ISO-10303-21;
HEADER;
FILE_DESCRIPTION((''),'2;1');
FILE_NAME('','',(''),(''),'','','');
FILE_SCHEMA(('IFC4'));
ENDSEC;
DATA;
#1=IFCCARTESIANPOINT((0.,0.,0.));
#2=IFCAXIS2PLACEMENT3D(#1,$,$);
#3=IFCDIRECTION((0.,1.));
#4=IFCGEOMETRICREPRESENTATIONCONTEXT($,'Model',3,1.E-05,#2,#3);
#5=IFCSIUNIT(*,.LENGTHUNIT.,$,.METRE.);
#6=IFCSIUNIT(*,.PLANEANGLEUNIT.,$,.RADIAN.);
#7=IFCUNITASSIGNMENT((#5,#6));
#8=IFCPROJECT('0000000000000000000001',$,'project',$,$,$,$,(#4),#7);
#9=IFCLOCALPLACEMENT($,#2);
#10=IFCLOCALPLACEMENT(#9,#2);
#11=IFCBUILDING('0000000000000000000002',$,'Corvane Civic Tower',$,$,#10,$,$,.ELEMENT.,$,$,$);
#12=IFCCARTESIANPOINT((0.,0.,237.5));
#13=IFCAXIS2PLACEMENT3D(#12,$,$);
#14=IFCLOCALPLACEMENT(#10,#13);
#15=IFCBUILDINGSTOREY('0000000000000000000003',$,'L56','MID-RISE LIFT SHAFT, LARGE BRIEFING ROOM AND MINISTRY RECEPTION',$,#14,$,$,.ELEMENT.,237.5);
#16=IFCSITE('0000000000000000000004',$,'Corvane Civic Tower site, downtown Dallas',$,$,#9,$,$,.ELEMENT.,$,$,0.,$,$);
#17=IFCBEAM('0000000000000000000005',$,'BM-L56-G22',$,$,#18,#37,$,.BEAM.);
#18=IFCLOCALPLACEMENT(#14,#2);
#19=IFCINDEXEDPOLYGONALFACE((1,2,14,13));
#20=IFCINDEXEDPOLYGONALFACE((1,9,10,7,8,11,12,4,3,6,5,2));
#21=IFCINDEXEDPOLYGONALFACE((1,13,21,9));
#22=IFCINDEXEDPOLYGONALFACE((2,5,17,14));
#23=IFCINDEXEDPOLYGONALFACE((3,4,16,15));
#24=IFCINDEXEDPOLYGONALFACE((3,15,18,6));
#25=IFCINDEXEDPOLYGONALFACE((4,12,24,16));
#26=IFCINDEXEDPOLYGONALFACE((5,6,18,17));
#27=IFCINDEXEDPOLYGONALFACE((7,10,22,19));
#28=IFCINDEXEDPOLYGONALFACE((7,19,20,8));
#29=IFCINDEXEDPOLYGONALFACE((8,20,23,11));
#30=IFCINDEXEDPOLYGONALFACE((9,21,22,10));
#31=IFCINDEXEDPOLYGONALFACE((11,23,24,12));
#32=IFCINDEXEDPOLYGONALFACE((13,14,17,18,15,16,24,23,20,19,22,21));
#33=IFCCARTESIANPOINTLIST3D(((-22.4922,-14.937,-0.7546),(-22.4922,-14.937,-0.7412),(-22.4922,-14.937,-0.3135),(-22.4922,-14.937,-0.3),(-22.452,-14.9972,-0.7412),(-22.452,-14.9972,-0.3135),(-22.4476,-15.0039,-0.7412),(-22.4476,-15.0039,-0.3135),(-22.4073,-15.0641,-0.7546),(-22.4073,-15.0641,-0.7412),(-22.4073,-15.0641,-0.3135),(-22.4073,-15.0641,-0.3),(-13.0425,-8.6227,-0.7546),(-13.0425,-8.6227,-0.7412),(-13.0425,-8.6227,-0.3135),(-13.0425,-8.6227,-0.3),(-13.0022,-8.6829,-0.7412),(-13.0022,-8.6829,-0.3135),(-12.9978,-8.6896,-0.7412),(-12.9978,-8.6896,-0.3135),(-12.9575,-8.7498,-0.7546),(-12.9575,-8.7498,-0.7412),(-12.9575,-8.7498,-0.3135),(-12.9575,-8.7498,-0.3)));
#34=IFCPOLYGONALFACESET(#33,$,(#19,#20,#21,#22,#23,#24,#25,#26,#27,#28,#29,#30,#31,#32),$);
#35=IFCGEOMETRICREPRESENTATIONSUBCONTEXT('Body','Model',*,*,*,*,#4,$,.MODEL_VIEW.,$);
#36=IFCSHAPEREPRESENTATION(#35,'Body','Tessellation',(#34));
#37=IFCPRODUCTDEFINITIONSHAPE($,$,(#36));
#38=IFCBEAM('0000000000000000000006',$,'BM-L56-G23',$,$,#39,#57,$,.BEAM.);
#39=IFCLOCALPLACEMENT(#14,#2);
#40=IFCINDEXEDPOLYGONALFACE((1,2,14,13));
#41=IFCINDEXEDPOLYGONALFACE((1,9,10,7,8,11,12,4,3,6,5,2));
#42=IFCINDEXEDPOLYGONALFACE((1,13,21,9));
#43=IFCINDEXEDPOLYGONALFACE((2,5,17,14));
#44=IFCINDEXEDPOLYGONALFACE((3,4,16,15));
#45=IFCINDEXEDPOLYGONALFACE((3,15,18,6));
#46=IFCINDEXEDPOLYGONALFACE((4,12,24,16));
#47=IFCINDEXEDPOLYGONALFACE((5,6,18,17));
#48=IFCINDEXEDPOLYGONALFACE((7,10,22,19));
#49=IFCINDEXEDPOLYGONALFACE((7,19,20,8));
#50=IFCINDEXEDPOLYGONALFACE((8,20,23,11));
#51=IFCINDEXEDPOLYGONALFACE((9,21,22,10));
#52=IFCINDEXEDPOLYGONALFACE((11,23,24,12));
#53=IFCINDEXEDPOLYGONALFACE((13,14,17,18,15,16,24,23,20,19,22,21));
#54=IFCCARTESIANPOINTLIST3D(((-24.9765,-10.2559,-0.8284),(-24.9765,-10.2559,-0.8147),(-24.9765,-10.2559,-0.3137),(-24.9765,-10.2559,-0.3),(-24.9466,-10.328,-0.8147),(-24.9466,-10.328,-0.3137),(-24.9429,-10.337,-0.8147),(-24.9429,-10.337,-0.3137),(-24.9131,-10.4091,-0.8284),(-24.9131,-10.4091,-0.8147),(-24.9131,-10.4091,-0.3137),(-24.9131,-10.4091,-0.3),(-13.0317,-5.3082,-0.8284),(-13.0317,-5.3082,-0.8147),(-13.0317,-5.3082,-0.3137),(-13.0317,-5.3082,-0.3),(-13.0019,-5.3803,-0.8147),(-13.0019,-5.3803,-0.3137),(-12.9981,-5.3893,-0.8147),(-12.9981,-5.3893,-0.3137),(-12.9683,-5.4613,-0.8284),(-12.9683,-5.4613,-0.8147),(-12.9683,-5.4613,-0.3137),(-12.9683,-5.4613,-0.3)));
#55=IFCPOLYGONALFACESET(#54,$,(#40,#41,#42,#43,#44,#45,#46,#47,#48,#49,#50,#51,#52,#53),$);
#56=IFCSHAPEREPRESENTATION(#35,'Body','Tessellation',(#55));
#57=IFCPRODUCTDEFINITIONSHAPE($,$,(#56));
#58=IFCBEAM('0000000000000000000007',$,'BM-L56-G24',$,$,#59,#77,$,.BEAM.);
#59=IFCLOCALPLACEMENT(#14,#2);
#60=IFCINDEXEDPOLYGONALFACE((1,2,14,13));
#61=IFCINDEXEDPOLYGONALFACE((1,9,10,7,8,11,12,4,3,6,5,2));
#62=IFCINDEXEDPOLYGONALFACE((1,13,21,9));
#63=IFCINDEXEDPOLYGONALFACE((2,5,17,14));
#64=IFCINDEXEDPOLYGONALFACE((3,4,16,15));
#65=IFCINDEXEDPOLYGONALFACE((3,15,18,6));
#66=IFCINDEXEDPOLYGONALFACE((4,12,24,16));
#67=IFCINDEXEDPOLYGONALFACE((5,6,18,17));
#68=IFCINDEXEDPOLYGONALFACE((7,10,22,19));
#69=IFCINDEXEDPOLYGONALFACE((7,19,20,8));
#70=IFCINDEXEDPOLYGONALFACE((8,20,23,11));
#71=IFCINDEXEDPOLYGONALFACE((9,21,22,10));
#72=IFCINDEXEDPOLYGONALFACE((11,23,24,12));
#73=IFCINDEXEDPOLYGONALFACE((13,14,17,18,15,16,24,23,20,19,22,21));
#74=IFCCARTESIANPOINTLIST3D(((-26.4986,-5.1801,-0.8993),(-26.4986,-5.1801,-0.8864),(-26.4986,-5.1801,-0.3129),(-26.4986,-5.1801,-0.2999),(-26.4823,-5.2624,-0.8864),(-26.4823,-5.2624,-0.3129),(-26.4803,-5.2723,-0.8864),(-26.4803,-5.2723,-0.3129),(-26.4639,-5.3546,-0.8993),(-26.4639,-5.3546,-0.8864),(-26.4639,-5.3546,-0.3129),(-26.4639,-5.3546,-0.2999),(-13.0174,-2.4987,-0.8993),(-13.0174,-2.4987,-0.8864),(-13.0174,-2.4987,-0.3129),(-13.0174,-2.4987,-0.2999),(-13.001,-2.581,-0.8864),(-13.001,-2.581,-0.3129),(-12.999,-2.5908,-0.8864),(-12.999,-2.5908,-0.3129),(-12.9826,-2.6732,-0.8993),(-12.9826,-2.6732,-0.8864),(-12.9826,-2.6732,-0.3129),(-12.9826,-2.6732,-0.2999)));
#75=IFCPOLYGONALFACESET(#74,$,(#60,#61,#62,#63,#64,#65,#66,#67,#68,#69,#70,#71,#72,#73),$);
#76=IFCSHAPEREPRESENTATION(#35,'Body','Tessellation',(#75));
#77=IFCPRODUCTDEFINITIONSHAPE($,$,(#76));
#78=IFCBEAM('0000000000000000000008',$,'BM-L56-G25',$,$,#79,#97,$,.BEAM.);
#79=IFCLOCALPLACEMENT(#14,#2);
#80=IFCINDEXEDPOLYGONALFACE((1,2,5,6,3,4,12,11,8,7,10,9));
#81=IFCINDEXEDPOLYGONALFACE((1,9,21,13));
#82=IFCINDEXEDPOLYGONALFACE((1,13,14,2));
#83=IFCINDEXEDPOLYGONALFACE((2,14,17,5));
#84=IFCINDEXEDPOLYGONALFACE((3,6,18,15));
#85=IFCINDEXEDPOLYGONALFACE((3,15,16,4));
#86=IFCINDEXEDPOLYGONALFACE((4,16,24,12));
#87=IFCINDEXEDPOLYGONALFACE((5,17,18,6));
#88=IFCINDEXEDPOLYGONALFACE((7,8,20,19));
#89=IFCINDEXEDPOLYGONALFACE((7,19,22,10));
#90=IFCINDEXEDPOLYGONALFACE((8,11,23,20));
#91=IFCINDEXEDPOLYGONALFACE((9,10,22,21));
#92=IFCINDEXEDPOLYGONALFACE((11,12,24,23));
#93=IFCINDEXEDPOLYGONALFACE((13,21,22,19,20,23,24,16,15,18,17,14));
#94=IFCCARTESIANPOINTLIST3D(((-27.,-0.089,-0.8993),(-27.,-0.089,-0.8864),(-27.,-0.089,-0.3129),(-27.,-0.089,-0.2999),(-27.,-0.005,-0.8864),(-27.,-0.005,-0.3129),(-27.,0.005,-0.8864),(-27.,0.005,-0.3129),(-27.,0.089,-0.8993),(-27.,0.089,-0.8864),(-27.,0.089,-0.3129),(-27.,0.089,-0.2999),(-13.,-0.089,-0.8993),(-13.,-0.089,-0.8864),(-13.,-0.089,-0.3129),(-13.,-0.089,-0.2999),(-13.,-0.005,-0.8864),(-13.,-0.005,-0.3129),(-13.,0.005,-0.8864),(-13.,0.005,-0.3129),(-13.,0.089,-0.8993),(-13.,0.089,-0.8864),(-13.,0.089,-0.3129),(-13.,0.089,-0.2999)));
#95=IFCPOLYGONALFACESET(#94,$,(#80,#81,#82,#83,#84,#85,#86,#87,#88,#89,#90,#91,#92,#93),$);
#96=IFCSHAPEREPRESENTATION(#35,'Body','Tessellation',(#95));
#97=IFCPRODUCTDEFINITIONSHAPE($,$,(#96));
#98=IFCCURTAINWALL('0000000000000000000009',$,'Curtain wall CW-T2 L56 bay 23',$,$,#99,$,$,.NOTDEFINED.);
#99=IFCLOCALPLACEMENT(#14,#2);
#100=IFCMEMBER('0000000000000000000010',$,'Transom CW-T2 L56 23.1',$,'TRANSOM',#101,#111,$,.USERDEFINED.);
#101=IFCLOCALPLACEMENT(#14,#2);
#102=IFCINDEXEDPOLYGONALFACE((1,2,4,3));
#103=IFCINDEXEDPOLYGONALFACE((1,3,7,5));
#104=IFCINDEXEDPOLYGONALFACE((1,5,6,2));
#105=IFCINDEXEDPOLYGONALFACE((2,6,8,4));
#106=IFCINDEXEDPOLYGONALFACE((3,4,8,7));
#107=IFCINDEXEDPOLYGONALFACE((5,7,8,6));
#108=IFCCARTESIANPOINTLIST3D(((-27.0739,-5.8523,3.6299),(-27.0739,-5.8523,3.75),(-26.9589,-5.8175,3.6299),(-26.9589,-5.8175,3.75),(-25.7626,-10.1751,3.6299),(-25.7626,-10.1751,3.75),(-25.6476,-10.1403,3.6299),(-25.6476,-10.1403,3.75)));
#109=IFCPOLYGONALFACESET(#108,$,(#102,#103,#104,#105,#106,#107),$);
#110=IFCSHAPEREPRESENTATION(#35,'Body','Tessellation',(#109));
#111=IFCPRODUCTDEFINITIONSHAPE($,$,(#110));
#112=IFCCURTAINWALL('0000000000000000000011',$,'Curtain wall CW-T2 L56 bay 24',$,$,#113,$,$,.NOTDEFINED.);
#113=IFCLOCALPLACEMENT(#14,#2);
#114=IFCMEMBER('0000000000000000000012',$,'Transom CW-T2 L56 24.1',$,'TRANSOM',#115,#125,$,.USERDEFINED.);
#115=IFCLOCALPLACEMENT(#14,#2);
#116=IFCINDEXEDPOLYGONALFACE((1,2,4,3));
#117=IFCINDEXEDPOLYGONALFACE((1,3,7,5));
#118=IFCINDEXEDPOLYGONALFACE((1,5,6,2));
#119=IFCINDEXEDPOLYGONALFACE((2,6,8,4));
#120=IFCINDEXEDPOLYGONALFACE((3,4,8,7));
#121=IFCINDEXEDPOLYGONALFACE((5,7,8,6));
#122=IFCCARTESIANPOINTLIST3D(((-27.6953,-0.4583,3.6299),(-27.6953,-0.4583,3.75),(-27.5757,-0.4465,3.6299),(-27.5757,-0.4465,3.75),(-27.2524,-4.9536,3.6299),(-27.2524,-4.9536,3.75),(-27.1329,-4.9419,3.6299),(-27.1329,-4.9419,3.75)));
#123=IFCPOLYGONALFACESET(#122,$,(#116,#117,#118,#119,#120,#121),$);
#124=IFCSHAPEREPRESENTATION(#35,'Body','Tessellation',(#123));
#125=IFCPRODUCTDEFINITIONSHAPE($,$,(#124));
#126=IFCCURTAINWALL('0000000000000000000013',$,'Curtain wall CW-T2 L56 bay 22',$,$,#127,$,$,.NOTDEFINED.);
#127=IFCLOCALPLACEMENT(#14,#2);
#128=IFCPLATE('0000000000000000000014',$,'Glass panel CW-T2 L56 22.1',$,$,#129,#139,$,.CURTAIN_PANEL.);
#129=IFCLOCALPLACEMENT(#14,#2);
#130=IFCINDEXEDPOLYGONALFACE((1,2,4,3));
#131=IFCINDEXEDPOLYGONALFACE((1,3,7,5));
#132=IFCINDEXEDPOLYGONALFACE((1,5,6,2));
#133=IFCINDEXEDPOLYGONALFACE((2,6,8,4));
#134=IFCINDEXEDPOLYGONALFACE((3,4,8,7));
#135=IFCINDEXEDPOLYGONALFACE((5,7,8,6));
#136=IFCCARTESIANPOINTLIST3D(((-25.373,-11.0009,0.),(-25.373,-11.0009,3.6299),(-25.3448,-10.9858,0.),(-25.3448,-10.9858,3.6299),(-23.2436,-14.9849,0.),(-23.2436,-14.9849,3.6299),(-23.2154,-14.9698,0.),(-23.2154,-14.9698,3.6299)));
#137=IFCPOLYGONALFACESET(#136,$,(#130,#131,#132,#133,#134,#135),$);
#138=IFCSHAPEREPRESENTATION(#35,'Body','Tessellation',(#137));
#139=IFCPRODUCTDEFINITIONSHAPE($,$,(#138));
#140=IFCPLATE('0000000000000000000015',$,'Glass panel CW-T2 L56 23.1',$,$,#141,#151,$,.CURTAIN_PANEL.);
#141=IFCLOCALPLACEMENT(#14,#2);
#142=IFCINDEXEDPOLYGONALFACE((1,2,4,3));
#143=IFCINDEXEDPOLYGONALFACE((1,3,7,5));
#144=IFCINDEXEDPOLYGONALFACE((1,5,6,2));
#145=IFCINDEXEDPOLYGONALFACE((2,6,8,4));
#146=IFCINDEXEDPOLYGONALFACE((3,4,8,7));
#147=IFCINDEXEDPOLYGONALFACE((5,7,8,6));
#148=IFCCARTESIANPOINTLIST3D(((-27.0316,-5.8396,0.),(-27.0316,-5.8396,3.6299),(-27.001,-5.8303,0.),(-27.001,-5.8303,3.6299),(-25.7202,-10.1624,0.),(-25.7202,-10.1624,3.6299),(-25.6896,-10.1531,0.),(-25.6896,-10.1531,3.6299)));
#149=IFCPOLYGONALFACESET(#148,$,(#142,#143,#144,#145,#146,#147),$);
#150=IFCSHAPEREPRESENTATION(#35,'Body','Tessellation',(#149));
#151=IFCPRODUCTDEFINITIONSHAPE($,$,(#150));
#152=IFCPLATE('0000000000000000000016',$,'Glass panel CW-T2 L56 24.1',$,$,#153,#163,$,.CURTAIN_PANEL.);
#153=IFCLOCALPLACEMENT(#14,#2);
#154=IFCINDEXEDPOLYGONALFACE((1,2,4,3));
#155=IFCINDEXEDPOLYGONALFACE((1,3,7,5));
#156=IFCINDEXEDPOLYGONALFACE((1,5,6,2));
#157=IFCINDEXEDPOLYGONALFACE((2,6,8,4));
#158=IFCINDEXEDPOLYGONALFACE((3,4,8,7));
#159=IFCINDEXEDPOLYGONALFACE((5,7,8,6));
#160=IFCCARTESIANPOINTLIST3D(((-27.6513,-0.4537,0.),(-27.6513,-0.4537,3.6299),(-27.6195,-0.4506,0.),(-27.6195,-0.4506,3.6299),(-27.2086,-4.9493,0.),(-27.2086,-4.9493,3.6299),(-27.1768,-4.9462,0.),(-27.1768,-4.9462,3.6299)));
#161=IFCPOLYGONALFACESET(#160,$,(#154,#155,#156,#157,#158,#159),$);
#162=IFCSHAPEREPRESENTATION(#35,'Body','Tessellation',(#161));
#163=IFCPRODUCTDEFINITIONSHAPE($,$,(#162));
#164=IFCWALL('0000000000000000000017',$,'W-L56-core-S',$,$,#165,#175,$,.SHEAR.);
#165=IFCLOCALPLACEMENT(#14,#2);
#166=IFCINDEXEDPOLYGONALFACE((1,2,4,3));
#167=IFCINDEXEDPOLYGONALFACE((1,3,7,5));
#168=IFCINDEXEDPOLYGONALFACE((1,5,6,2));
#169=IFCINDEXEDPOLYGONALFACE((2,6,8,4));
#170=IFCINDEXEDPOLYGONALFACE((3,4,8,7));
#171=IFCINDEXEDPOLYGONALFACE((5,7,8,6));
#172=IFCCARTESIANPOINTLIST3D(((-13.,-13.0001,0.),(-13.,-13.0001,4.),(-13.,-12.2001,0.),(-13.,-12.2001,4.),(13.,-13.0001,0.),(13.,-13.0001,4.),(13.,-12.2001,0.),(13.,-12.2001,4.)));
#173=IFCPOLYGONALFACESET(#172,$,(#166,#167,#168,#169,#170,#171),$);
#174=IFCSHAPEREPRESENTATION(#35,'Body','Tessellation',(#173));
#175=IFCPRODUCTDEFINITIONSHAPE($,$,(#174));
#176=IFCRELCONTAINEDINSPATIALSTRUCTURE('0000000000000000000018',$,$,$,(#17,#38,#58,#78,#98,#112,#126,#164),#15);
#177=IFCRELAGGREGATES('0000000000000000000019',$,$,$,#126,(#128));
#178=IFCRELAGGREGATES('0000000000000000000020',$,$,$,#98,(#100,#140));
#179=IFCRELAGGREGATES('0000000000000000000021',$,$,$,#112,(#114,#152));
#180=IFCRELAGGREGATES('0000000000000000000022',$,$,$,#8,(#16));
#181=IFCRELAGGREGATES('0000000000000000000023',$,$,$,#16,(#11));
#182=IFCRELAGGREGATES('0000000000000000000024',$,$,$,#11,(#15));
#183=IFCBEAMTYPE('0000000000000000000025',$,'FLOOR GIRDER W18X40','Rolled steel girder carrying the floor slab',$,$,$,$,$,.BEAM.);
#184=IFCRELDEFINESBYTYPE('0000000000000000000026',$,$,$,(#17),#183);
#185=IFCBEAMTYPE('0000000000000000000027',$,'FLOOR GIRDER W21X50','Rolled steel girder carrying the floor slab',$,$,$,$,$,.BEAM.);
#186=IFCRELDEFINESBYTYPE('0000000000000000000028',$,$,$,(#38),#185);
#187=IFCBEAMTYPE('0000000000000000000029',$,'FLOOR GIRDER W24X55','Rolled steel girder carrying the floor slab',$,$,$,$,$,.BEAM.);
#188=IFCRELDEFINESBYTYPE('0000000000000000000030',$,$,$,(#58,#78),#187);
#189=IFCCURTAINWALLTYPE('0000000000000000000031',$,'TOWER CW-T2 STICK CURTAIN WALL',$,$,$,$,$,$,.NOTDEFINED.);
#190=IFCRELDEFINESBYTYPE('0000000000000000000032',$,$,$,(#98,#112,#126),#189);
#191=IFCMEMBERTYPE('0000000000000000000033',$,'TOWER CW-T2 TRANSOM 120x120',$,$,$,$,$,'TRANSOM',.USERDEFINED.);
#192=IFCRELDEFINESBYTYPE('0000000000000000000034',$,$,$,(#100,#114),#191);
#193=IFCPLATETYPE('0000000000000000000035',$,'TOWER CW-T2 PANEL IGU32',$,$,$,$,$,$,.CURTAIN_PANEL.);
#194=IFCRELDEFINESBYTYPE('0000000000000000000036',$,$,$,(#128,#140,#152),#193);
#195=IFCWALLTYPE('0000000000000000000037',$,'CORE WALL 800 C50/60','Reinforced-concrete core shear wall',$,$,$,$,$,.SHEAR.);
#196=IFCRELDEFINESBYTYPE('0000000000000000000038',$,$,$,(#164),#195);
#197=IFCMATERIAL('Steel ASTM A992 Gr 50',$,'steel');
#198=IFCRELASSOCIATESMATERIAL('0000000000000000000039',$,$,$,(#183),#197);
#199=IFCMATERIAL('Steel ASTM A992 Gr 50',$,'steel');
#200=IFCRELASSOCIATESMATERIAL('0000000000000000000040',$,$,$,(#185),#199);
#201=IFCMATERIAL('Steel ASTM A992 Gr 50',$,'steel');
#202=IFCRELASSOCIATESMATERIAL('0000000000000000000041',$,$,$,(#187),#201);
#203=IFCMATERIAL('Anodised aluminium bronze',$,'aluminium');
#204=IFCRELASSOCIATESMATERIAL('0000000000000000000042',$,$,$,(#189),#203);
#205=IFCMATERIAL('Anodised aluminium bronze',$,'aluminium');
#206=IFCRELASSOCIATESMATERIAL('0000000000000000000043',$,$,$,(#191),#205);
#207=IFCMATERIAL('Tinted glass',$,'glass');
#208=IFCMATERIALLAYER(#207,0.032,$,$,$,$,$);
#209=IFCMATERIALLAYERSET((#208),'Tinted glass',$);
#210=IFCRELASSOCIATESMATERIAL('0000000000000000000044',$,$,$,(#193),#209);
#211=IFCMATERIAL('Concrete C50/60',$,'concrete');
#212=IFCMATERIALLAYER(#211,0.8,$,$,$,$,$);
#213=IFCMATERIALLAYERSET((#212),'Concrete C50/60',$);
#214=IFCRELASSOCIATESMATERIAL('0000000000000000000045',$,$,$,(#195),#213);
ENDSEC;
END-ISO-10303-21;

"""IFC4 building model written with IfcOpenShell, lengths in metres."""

from ifc_helpers import new_model, si_unit, direction, frame, frame_2d, origin, origin_2d, place, context, subcontext, project, spatial, rectangle, i_section, extrude, material, layer, layer_set, material_profile, profile_set, type_object, element, aggregate, save


model = new_model("IFC4")

# Units and contexts
model_context = context("Model", 3, precision=1e-05, world=origin(), true_north=direction((0.0, 1.0)))
body_context = subcontext(model_context, "Body", "Model", "MODEL_VIEW")
ifc_project = project(units=[si_unit("LENGTHUNIT", "METRE"), si_unit("PLANEANGLEUNIT", "RADIAN")], contexts=[model_context])

# Site, building, storey
site_placement = place(None, origin())
site = spatial("IfcSite", under=ifc_project, at=site_placement, Name="Corvane Civic Tower site, downtown Dallas", CompositionType="ELEMENT", RefElevation=0.0)
building_placement = place(site_placement, origin())
building = spatial("IfcBuilding", under=site, at=building_placement, Name="Corvane Civic Tower", CompositionType="ELEMENT")
storey_placement = place(building_placement, frame((0.0, 0.0, 237.5)))
storey = spatial("IfcBuildingStorey", under=building, at=storey_placement, Name="L56", Description="MID-RISE LIFT SHAFT, LARGE BRIEFING ROOM AND MINISTRY RECEPTION", CompositionType="ELEMENT", Elevation=237.5)

# Beams
ifc_material_1 = material(Name="Steel ASTM A992 Gr 50", Category="steel")
ifc_material_profile_1 = material_profile(ifc_material_1, i_section(OverallWidth=0.1528, OverallDepth=0.4546, WebThickness=0.0081, FlangeThickness=0.0134, at=origin_2d()), Name="W18X40")
ifc_profile_set_1 = profile_set([ifc_material_profile_1], Name="Steel ASTM A992 Gr 50")
beam_type_1 = type_object("IfcBeamType", Name="FLOOR GIRDER W18X40", Description="Rolled steel girder carrying the floor slab", PredefinedType="BEAM", material=ifc_profile_set_1)
beam_1_placement = place(storey_placement, frame((-13.0, -8.6863, -0.5273), z_axis=(-0.831465, -0.555577, 0.0), x_axis=(0.555577, -0.831465, 0.0)))
element("IfcBeam", 1, at=beam_1_placement, inside=storey, type_object=beam_type_1, Name="BM-L56-G22", PredefinedType="BEAM", context=body_context, shape_type="SweptSolid", body=[
    extrude(i_section(OverallWidth=0.1528, OverallDepth=0.4546, WebThickness=0.0081, FlangeThickness=0.0134, at=origin_2d()), origin(), (0.0, 0.0, 1.0), 11.3652),
])
ifc_material_2 = material(Name="Steel ASTM A992 Gr 50", Category="steel")
ifc_material_profile_2 = material_profile(ifc_material_2, i_section(OverallWidth=0.1658, OverallDepth=0.5283, WebThickness=0.0098, FlangeThickness=0.0137, at=origin_2d()), Name="W21X50")
ifc_profile_set_2 = profile_set([ifc_material_profile_2], Name="Steel ASTM A992 Gr 50")
beam_type_2 = type_object("IfcBeamType", Name="FLOOR GIRDER W21X50", Description="Rolled steel girder carrying the floor slab", PredefinedType="BEAM", material=ifc_profile_set_2)
beam_2_placement = place(storey_placement, frame((-13.0, -5.3848, -0.5642), z_axis=(-0.923878, -0.382686, 0.0), x_axis=(0.382686, -0.923878, 0.0)))
element("IfcBeam", 2, at=beam_2_placement, inside=storey, type_object=beam_type_2, Name="BM-L56-G23", PredefinedType="BEAM", context=body_context, shape_type="SweptSolid", body=[
    extrude(i_section(OverallWidth=0.1658, OverallDepth=0.5283, WebThickness=0.0098, FlangeThickness=0.0137, at=origin_2d()), origin(), (0.0, 0.0, 1.0), 12.929),
])
ifc_material_3 = material(Name="Steel ASTM A992 Gr 50", Category="steel")
ifc_material_profile_3 = material_profile(ifc_material_3, i_section(OverallWidth=0.178, OverallDepth=0.5994, WebThickness=0.01, FlangeThickness=0.0129, at=origin_2d()), Name="W24X55")
ifc_profile_set_3 = profile_set([ifc_material_profile_3], Name="Steel ASTM A992 Gr 50")
beam_type_3 = type_object("IfcBeamType", Name="FLOOR GIRDER W24X55", Description="Rolled steel girder carrying the floor slab", PredefinedType="BEAM", material=ifc_profile_set_3)
beam_3_placement = place(storey_placement, frame((-13.0, -2.5859, -0.5996), z_axis=(-0.980788, -0.195078, 0.0), x_axis=(0.195078, -0.980788, 0.0)))
element("IfcBeam", 3, at=beam_3_placement, inside=storey, type_object=beam_type_3, Name="BM-L56-G24", PredefinedType="BEAM", context=body_context, shape_type="SweptSolid", body=[
    extrude(i_section(OverallWidth=0.178, OverallDepth=0.5994, WebThickness=0.01, FlangeThickness=0.0129, at=origin_2d()), origin(), (0.0, 0.0, 1.0), 13.7454),
])
beam_4_placement = place(storey_placement, frame((-13.0, 0.0, -0.5996), z_axis=(-1.0, 0.0, 0.0), x_axis=(0.0, -1.0, 0.0)))
element("IfcBeam", 4, at=beam_4_placement, inside=storey, type_object=beam_type_3, Name="BM-L56-G25", PredefinedType="BEAM", context=body_context, shape_type="SweptSolid", body=[
    extrude(i_section(OverallWidth=0.178, OverallDepth=0.5994, WebThickness=0.01, FlangeThickness=0.0129, at=origin_2d()), origin(), (0.0, 0.0, 1.0), 14.0),
])

# Curtain walls, members
ifc_material_4 = material(Name="Anodised aluminium bronze", Category="aluminium")
curtain_wall_type = type_object("IfcCurtainWallType", Name="TOWER CW-T2 STICK CURTAIN WALL", PredefinedType="NOTDEFINED", material=ifc_material_4)
curtain_wall_1_placement = place(storey_placement, origin())
curtain_wall_1 = element("IfcCurtainWall", 5, at=curtain_wall_1_placement, inside=storey, type_object=curtain_wall_type, Name="Curtain wall CW-T2 L56 bay 23", PredefinedType="NOTDEFINED")
ifc_material_5 = material(Name="Anodised aluminium bronze", Category="aluminium")
ifc_material_profile_4 = material_profile(ifc_material_5, rectangle(XDim=0.1201, YDim=0.1201, at=origin_2d()), Name="TOWER CW-T2 TRANSOM 120x120")
ifc_profile_set_4 = profile_set([ifc_material_profile_4], Name="Anodised aluminium bronze")
member_type = type_object("IfcMemberType", Name="TOWER CW-T2 TRANSOM 120x120", ElementType="TRANSOM", PredefinedType="USERDEFINED", material=ifc_profile_set_4)
member_1_placement = place(storey_placement, frame((-25.7051, -10.1577, 3.6899), z_axis=(-0.290282, 0.956941, 0.0), x_axis=(-0.956941, -0.290282, 0.0)))
member_1 = element("IfcMember", 6, at=member_1_placement, type_object=member_type, Name="Transom CW-T2 L56 23.1", ObjectType="TRANSOM", PredefinedType="USERDEFINED", context=body_context, shape_type="SweptSolid", body=[
    extrude(rectangle(XDim=0.1201, YDim=0.1201, at=origin_2d()), origin(), (0.0, 0.0, 1.0), 4.5173),
])
curtain_wall_2_placement = place(storey_placement, origin())
curtain_wall_2 = element("IfcCurtainWall", 7, at=curtain_wall_2_placement, inside=storey, type_object=curtain_wall_type, Name="Curtain wall CW-T2 L56 bay 24", PredefinedType="NOTDEFINED")
member_2_placement = place(storey_placement, frame((-27.1926, -4.9478, 3.6899), z_axis=(-0.098043, 0.995182, 0.0), x_axis=(-0.995182, -0.098043, 0.0)))
member_2 = element("IfcMember", 8, at=member_2_placement, type_object=member_type, Name="Transom CW-T2 L56 24.1", ObjectType="TRANSOM", PredefinedType="USERDEFINED", context=body_context, shape_type="SweptSolid", body=[
    extrude(rectangle(XDim=0.1201, YDim=0.1201, at=origin_2d()), origin(), (0.0, 0.0, 1.0), 4.5171),
])

# Curtain wall, plate
curtain_wall_3_placement = place(storey_placement, origin())
curtain_wall_3 = element("IfcCurtainWall", 9, at=curtain_wall_3_placement, inside=storey, type_object=curtain_wall_type, Name="Curtain wall CW-T2 L56 bay 22", PredefinedType="NOTDEFINED")
ifc_material_6 = material(Name="Tinted glass", Category="glass")
ifc_layer_1 = layer(ifc_material_6, 0.032)
ifc_layer_set_1 = layer_set([ifc_layer_1], Name="Tinted glass")
plate_type = type_object("IfcPlateType", Name="TOWER CW-T2 PANEL IGU32", PredefinedType="CURTAIN_PANEL", material=ifc_layer_set_1)
plate_1_placement = place(storey_placement, frame((-24.2942, -12.9854, 0.0), z_axis=(0.0, 0.0, 1.0), x_axis=(-0.471398, 0.88192, 0.0)))
plate_1 = element("IfcPlate", 10, at=plate_1_placement, type_object=plate_type, Name="Glass panel CW-T2 L56 22.1", PredefinedType="CURTAIN_PANEL", context=body_context, shape_type="SweptSolid", body=[
    extrude(rectangle(XDim=4.5173, YDim=0.032, at=origin_2d()), origin(), (0.0, 0.0, 1.0), 3.6299),
])
aggregate(curtain_wall_3, [plate_1])

# Plates
plate_2_placement = place(storey_placement, frame((-26.3606, -7.9963, 0.0), z_axis=(0.0, 0.0, 1.0), x_axis=(-0.29029, 0.956939, 0.0)))
plate_2 = element("IfcPlate", 11, at=plate_2_placement, type_object=plate_type, Name="Glass panel CW-T2 L56 23.1", PredefinedType="CURTAIN_PANEL", context=body_context, shape_type="SweptSolid", body=[
    extrude(rectangle(XDim=4.5173, YDim=0.032, at=origin_2d()), origin(), (0.0, 0.0, 1.0), 3.6299),
])
aggregate(curtain_wall_1, [member_1, plate_2])
plate_3_placement = place(storey_placement, frame((-27.4141, -2.7, 0.0), z_axis=(0.0, 0.0, 1.0), x_axis=(-0.097993, 0.995187, 0.0)))
plate_3 = element("IfcPlate", 12, at=plate_3_placement, type_object=plate_type, Name="Glass panel CW-T2 L56 24.1", PredefinedType="CURTAIN_PANEL", context=body_context, shape_type="SweptSolid", body=[
    extrude(rectangle(XDim=4.5173, YDim=0.032, at=origin_2d()), origin(), (0.0, 0.0, 1.0), 3.6299),
])
aggregate(curtain_wall_2, [member_2, plate_3])

# Wall
ifc_material_7 = material(Name="Concrete C50/60", Category="concrete")
ifc_layer_2 = layer(ifc_material_7, 0.8)
ifc_layer_set_2 = layer_set([ifc_layer_2], Name="Concrete C50/60")
wall_type_1 = type_object("IfcWallType", Name="CORE WALL 800 C50/60", Description="Reinforced-concrete core shear wall", PredefinedType="SHEAR", material=ifc_layer_set_2)
wall_1_placement = place(storey_placement, frame((-13.0, -12.6001, 0.0), z_axis=(0.0, 0.0, 1.0), x_axis=(1.0, 0.0, 0.0)))
element("IfcWall", 13, at=wall_1_placement, inside=storey, type_object=wall_type_1, Name="W-L56-core-S", PredefinedType="SHEAR", context=body_context, shape_type="SweptSolid", body=[
    extrude(rectangle(XDim=26.0, YDim=0.8, at=frame_2d((13.0, 0.0))), origin(), (0.0, 0.0, 1.0), 4.0),
])

save(model, "model.ifc")
